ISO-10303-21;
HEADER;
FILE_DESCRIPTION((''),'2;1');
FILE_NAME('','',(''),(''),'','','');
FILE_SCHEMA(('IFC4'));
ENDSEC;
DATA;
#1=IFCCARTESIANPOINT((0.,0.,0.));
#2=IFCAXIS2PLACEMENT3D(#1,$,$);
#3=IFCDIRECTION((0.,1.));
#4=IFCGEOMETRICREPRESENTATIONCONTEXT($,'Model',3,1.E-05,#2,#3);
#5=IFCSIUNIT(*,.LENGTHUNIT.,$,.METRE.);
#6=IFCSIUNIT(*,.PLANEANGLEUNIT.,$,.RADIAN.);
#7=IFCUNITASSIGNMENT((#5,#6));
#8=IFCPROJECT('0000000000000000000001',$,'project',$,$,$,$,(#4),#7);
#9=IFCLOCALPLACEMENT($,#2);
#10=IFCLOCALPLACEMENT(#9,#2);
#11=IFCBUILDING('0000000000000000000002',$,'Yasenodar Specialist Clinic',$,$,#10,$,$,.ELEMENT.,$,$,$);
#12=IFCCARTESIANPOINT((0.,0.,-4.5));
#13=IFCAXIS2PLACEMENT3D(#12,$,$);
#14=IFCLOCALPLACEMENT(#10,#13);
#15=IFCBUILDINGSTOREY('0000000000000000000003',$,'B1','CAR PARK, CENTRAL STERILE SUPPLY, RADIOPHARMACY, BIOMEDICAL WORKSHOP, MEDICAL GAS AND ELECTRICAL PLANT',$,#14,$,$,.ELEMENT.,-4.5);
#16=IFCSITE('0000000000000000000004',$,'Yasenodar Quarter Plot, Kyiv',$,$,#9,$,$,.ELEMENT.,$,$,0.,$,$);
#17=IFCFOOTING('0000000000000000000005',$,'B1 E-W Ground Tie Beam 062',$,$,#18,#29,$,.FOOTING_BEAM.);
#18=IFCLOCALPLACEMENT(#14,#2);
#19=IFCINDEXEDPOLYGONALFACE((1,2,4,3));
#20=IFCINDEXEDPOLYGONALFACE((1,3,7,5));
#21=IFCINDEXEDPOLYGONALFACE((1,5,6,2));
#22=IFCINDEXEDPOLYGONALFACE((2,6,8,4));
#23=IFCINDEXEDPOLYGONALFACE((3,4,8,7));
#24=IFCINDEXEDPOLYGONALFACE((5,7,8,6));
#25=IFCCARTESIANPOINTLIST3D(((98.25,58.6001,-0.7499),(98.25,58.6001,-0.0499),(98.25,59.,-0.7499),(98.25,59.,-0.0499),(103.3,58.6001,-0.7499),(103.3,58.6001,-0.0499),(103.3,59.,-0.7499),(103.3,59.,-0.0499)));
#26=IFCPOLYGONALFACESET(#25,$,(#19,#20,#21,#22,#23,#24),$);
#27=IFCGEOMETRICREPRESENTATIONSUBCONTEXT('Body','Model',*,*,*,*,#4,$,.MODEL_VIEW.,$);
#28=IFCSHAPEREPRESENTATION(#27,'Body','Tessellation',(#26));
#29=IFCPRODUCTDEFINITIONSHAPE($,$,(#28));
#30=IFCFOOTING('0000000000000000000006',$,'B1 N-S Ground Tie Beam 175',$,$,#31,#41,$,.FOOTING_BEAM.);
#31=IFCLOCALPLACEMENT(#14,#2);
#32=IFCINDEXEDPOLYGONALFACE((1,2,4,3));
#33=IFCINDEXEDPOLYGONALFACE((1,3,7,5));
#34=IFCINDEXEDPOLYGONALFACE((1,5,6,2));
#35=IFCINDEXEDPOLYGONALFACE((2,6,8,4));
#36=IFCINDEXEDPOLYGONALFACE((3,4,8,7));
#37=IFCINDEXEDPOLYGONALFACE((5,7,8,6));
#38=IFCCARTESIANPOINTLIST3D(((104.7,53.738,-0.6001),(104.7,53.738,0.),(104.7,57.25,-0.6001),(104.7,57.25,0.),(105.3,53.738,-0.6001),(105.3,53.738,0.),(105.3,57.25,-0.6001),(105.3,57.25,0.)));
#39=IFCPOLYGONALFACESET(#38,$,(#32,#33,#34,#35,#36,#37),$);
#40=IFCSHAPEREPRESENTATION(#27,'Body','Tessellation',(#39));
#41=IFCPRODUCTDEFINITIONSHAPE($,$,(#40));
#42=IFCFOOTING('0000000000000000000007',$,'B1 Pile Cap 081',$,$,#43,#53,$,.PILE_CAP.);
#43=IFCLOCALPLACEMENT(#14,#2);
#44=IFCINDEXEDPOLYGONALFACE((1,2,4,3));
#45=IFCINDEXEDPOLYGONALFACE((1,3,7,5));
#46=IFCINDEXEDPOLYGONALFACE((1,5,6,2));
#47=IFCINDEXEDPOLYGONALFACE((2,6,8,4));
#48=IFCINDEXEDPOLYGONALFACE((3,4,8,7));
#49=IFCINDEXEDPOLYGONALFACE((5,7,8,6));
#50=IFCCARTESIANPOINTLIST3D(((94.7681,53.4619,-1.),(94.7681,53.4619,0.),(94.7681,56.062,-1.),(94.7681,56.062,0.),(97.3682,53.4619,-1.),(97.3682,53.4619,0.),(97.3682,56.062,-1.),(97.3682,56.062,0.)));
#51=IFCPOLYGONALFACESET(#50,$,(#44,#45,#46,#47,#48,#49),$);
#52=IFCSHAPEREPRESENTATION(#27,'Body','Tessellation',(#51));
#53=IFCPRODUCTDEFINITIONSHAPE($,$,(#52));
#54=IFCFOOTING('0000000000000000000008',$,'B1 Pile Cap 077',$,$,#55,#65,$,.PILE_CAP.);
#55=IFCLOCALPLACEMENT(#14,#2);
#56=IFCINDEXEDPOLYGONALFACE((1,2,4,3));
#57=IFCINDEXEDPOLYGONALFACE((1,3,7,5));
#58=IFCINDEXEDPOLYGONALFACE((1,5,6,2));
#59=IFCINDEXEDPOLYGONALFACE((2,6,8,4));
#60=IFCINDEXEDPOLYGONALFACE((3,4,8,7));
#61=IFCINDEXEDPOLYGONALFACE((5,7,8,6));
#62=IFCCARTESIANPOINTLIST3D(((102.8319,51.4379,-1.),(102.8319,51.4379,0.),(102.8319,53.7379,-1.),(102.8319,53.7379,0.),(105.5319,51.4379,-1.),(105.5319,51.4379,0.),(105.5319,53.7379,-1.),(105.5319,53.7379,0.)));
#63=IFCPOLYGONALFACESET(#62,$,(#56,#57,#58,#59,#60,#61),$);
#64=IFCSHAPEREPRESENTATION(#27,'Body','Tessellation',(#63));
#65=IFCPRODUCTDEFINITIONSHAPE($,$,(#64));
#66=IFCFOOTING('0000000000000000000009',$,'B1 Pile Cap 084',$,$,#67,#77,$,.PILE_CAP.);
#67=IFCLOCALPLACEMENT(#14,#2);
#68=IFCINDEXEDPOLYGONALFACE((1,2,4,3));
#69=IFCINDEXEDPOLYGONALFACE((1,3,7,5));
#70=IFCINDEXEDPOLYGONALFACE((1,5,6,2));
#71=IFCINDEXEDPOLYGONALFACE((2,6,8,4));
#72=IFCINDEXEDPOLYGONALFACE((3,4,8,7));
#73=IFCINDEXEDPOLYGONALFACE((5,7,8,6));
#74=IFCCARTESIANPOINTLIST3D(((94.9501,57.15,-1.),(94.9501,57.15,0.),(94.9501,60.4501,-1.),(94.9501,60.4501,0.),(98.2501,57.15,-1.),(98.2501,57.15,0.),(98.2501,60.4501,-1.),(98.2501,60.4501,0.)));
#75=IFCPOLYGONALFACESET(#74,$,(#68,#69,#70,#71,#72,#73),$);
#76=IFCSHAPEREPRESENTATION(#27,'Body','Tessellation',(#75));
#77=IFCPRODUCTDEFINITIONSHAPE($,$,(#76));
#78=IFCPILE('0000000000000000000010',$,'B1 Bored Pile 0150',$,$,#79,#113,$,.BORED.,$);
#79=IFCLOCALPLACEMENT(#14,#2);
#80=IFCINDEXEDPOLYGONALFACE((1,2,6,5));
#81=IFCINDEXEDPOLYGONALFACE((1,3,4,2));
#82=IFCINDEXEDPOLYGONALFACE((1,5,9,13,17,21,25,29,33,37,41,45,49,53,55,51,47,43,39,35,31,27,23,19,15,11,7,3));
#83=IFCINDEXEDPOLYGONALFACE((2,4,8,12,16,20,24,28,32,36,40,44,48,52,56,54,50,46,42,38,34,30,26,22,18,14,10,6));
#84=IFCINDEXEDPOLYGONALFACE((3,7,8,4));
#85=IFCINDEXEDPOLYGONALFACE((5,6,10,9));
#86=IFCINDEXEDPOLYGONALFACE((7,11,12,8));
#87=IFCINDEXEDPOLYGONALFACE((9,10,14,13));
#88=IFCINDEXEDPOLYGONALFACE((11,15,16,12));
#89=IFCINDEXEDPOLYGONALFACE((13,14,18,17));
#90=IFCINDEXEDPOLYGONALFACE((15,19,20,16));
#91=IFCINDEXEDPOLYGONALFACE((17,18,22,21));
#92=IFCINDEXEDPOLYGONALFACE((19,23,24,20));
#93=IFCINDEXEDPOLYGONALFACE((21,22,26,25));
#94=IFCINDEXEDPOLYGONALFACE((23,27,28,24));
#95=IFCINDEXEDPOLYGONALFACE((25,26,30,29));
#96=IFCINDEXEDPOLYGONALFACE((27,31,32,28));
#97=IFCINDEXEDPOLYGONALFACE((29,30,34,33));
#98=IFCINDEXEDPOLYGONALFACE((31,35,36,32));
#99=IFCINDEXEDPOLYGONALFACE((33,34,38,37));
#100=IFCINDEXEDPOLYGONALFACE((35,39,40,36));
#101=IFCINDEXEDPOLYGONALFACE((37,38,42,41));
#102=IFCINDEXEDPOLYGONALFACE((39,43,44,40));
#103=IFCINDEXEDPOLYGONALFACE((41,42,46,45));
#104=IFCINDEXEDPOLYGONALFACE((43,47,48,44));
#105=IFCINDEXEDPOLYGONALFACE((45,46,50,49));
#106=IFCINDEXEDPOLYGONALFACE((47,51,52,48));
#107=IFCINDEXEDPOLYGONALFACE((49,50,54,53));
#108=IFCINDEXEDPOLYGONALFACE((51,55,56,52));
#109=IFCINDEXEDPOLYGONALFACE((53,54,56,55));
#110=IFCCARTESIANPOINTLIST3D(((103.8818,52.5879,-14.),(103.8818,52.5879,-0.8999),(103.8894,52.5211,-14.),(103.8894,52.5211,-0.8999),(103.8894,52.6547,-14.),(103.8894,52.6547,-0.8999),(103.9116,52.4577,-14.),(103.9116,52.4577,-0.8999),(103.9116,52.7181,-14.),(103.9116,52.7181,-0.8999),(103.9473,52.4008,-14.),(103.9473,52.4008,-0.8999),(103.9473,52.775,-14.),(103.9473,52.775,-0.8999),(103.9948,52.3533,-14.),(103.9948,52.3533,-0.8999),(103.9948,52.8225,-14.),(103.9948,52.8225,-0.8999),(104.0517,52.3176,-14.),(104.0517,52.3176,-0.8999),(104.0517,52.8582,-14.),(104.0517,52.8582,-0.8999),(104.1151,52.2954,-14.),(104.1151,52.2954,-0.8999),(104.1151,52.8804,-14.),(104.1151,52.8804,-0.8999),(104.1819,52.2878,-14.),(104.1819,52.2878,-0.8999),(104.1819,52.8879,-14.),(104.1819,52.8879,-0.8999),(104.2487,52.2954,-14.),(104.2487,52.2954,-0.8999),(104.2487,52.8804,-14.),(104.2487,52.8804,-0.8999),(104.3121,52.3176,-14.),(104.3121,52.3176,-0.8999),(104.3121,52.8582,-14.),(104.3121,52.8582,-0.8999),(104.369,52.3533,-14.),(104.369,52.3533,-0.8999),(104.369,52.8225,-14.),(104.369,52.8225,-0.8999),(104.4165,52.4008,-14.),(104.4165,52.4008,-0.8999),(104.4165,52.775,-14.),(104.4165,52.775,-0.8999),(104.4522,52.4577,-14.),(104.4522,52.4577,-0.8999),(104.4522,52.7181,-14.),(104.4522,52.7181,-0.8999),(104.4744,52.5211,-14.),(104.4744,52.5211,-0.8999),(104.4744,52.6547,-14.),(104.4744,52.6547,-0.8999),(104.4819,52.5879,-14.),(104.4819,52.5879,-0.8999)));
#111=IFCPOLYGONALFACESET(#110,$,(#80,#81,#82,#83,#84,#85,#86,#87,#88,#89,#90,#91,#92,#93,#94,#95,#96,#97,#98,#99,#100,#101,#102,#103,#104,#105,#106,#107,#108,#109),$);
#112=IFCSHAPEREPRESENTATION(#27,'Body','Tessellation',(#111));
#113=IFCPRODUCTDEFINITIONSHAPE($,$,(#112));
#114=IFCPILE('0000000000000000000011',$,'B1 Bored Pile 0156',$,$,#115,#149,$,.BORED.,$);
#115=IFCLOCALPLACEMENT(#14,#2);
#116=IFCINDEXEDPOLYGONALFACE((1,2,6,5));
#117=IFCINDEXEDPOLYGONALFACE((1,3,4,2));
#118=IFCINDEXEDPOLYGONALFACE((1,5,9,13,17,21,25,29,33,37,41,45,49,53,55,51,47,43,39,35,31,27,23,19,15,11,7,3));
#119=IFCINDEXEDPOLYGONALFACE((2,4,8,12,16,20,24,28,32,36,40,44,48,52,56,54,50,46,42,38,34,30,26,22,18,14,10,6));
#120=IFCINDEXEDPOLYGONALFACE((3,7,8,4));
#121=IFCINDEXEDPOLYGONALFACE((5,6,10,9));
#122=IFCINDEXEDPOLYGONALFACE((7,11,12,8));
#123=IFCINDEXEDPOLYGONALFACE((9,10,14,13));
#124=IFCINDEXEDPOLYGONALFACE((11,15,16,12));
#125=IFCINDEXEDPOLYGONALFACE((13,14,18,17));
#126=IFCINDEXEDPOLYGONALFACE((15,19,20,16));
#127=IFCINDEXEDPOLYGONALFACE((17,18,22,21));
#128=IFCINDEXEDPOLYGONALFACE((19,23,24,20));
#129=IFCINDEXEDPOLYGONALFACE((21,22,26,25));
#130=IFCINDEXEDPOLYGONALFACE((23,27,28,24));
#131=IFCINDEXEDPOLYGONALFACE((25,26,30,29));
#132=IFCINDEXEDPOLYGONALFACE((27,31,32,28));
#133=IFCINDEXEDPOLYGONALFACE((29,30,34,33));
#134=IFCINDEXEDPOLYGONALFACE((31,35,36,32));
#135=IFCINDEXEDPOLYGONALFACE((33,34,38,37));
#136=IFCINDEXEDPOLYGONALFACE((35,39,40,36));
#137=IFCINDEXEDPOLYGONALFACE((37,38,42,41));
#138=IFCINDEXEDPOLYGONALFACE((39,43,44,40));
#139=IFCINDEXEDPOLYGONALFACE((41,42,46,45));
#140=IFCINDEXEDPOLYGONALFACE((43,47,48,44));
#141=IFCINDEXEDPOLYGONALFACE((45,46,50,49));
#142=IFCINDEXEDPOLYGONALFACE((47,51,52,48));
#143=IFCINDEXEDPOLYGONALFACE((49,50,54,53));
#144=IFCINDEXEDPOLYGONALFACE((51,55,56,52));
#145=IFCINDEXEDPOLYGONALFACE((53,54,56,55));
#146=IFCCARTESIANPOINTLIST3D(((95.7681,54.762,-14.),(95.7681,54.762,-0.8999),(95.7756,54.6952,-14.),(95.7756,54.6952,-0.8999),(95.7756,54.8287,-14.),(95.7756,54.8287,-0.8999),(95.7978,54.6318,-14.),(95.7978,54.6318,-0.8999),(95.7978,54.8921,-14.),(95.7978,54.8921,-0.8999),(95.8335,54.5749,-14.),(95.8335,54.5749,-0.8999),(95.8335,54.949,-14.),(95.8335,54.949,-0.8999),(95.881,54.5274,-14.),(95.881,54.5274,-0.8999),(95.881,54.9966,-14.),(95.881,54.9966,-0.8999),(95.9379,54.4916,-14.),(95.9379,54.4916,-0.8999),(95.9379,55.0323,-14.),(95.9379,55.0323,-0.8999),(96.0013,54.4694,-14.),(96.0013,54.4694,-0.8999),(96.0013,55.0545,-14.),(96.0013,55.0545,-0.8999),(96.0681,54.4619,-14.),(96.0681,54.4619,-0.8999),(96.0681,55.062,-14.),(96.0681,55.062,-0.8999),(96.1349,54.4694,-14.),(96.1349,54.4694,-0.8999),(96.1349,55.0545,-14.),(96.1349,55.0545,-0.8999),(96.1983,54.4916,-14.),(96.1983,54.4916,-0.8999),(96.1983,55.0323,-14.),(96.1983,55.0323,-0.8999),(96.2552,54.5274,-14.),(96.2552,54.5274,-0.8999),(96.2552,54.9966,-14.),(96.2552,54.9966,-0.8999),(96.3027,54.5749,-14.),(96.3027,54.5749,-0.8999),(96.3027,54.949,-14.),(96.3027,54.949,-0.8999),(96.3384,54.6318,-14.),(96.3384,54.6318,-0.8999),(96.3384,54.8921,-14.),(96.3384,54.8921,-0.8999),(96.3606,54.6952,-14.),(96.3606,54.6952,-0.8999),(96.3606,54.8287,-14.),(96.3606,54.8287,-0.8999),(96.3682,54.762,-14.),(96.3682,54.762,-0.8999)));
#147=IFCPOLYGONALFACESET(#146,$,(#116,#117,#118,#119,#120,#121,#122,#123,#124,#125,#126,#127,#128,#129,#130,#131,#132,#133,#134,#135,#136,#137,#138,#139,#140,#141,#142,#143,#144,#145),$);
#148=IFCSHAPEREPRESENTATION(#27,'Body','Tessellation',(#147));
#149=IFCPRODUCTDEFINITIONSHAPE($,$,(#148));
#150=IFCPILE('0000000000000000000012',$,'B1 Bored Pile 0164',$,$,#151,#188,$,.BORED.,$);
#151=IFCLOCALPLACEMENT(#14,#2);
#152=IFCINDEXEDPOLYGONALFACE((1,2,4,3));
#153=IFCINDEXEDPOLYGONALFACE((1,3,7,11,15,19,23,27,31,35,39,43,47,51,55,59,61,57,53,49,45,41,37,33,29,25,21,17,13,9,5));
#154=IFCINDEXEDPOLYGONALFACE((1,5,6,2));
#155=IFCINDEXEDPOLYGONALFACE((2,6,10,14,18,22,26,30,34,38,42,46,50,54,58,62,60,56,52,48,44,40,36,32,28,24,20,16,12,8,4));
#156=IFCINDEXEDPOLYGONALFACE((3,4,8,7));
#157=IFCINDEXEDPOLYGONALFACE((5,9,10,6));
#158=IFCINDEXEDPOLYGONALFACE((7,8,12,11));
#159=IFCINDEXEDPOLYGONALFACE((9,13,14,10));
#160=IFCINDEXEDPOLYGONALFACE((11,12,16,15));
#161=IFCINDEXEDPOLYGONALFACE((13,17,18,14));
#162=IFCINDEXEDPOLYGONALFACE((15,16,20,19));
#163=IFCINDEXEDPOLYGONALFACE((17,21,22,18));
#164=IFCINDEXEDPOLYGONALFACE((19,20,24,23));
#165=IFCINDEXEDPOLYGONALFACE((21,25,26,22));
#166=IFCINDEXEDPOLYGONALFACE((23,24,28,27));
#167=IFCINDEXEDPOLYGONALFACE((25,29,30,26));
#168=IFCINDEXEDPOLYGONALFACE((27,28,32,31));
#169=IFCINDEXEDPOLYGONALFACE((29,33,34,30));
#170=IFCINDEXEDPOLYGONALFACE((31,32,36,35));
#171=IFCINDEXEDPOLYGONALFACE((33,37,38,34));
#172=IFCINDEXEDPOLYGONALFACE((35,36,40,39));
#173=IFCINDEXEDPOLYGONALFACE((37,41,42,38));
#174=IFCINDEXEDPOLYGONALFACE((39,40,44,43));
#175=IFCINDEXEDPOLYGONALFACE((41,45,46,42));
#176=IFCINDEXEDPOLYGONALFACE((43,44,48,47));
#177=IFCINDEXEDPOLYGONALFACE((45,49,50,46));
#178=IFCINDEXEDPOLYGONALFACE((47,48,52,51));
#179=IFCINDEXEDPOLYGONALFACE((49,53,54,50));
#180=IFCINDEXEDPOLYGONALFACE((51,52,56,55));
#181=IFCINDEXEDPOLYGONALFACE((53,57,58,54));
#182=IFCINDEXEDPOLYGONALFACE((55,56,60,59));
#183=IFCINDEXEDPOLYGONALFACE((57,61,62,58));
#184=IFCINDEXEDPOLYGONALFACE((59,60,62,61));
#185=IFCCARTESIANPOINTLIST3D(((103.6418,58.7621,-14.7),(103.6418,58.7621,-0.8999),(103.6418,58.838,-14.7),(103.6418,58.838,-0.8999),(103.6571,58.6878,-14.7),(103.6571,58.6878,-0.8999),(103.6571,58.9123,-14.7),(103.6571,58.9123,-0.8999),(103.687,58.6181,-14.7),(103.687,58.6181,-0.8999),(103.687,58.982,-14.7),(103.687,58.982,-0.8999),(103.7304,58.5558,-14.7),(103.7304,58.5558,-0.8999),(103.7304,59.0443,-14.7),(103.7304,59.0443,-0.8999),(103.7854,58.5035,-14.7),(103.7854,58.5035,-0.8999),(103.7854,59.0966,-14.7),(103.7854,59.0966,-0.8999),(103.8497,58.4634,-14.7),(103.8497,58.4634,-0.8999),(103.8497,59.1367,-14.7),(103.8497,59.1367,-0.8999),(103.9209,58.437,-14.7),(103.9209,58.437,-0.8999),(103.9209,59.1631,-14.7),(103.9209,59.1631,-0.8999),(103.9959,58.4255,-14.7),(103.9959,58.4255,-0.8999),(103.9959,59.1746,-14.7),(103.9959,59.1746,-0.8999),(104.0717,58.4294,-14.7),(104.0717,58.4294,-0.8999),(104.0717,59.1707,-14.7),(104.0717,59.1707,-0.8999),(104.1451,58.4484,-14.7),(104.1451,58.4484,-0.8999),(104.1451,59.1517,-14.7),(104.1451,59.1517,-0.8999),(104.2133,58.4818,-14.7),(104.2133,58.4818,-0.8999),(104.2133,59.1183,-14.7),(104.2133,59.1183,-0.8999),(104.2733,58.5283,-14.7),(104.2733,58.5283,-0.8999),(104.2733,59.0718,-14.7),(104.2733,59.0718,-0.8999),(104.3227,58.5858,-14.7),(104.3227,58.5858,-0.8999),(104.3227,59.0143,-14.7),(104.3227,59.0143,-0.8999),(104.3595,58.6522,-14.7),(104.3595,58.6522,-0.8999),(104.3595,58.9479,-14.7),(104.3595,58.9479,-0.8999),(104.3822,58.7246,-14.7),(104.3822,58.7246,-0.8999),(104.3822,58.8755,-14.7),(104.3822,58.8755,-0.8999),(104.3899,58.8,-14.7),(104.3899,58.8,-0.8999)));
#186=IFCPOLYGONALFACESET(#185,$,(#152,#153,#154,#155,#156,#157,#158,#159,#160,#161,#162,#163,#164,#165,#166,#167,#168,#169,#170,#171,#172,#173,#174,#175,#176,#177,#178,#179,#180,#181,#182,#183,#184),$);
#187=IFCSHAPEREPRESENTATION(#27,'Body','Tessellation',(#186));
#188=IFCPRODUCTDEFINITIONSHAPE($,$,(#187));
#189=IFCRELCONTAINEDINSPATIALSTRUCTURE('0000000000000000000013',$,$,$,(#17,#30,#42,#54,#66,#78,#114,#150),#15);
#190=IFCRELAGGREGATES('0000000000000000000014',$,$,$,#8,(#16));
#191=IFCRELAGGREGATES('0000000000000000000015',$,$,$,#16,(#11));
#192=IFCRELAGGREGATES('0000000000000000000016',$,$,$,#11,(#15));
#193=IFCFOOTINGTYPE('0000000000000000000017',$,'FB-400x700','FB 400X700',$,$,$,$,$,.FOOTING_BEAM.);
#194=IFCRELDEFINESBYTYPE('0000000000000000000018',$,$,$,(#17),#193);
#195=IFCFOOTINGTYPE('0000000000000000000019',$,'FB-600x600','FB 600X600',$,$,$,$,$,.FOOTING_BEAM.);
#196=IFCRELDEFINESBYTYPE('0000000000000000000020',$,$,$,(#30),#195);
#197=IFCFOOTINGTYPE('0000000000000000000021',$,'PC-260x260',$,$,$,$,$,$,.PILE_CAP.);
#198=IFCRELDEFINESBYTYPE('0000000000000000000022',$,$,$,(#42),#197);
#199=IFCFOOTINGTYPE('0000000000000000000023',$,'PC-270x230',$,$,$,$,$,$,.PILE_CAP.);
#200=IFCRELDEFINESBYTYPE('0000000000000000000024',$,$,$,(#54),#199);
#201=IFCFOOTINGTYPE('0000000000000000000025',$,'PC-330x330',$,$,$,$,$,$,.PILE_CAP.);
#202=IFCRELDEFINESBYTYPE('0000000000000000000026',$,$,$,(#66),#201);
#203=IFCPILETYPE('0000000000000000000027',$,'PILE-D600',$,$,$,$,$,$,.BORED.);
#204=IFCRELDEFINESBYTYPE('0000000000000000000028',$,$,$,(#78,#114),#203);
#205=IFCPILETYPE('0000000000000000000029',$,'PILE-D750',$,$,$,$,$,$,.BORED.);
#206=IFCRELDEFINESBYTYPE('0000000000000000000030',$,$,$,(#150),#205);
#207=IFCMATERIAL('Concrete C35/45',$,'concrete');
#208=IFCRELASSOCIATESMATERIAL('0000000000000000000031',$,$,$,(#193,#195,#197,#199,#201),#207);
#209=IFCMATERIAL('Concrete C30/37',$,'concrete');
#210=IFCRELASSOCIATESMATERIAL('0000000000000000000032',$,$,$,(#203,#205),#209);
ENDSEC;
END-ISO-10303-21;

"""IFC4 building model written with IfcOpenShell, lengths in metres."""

from ifc_helpers import new_model, si_unit, direction, frame, origin, origin_2d, place, context, subcontext, project, spatial, rectangle, circle, extrude, material, material_profile, profile_set, type_object, element, save


model = new_model("IFC4")

# Units and contexts
model_context = context("Model", 3, precision=1e-05, world=origin(), true_north=direction((0.0, 1.0)))
body_context = subcontext(model_context, "Body", "Model", "MODEL_VIEW")
ifc_project = project(units=[si_unit("LENGTHUNIT", "METRE"), si_unit("PLANEANGLEUNIT", "RADIAN")], contexts=[model_context])

# Site, building, storey
site_placement = place(None, origin())
site = spatial("IfcSite", under=ifc_project, at=site_placement, Name="Yasenodar Quarter Plot, Kyiv", CompositionType="ELEMENT", RefElevation=0.0)
building_placement = place(site_placement, origin())
building = spatial("IfcBuilding", under=site, at=building_placement, Name="Yasenodar Specialist Clinic", CompositionType="ELEMENT")
storey_placement = place(building_placement, frame((0.0, 0.0, -4.5)))
storey = spatial("IfcBuildingStorey", under=building, at=storey_placement, Name="B1", Description="CAR PARK, CENTRAL STERILE SUPPLY, RADIOPHARMACY, BIOMEDICAL WORKSHOP, MEDICAL GAS AND ELECTRICAL PLANT", CompositionType="ELEMENT", Elevation=-4.5)

# Footings
ifc_material_1 = material(Name="Concrete C35/45", Category="concrete")
ifc_material_profile_1 = material_profile(ifc_material_1, rectangle(XDim=0.3999, YDim=0.7, at=origin_2d()), Name="RC 400x700")
ifc_profile_set_1 = profile_set([ifc_material_profile_1], Name="Concrete C35/45")
footing_type_1 = type_object("IfcFootingType", Name="FB-400x700", Description="FB 400X700", PredefinedType="FOOTING_BEAM", material=ifc_profile_set_1)
footing_1_placement = place(storey_placement, frame((98.25, 58.8, -0.3999), z_axis=(1.0, 0.0, 0.0), x_axis=(0.0, 1.0, 0.0)))
element("IfcFooting", 1, at=footing_1_placement, inside=storey, type_object=footing_type_1, Name="B1 E-W Ground Tie Beam 062", PredefinedType="FOOTING_BEAM", context=body_context, shape_type="SweptSolid", body=[
    extrude(rectangle(XDim=0.3999, YDim=0.7, at=origin_2d()), origin(), (0.0, 0.0, 1.0), 5.05),
])
ifc_material_profile_2 = material_profile(ifc_material_1, rectangle(XDim=0.6001, YDim=0.6001, at=origin_2d()), Name="RC 600x600")
ifc_profile_set_2 = profile_set([ifc_material_profile_2], Name="Concrete C35/45")
footing_type_2 = type_object("IfcFootingType", Name="FB-600x600", Description="FB 600X600", PredefinedType="FOOTING_BEAM", material=ifc_profile_set_2)
footing_2_placement = place(storey_placement, frame((105.0, 53.738, -0.3), z_axis=(0.0, 1.0, 0.0), x_axis=(-1.0, 0.0, 0.0)))
element("IfcFooting", 2, at=footing_2_placement, inside=storey, type_object=footing_type_2, Name="B1 N-S Ground Tie Beam 175", PredefinedType="FOOTING_BEAM", context=body_context, shape_type="SweptSolid", body=[
    extrude(rectangle(XDim=0.6001, YDim=0.6001, at=origin_2d()), origin(), (0.0, 0.0, 1.0), 3.512),
])
footing_type_3 = type_object("IfcFootingType", Name="PC-260x260", PredefinedType="PILE_CAP", material=ifc_material_1)
footing_3_placement = place(storey_placement, frame((96.0681, 54.762, -1.0), z_axis=(0.0, 0.0, 1.0), x_axis=(1.0, 0.0, 0.0)))
element("IfcFooting", 3, at=footing_3_placement, inside=storey, type_object=footing_type_3, Name="B1 Pile Cap 081", PredefinedType="PILE_CAP", context=body_context, shape_type="SweptSolid", body=[
    extrude(rectangle(XDim=2.6001, YDim=2.6001, at=origin_2d()), origin(), (0.0, 0.0, 1.0), 1.0),
])
footing_type_4 = type_object("IfcFootingType", Name="PC-270x230", PredefinedType="PILE_CAP", material=ifc_material_1)
footing_4_placement = place(storey_placement, frame((104.1819, 52.5879, -1.0), z_axis=(0.0, 0.0, 1.0), x_axis=(1.0, 0.0, 0.0)))
element("IfcFooting", 4, at=footing_4_placement, inside=storey, type_object=footing_type_4, Name="B1 Pile Cap 077", PredefinedType="PILE_CAP", context=body_context, shape_type="SweptSolid", body=[
    extrude(rectangle(XDim=2.7, YDim=2.3, at=origin_2d()), origin(), (0.0, 0.0, 1.0), 1.0),
])
footing_type_5 = type_object("IfcFootingType", Name="PC-330x330", PredefinedType="PILE_CAP", material=ifc_material_1)
footing_5_placement = place(storey_placement, frame((96.6001, 58.8, -1.0), z_axis=(0.0, 0.0, 1.0), x_axis=(1.0, 0.0, 0.0)))
element("IfcFooting", 5, at=footing_5_placement, inside=storey, type_object=footing_type_5, Name="B1 Pile Cap 084", PredefinedType="PILE_CAP", context=body_context, shape_type="SweptSolid", body=[
    extrude(rectangle(XDim=3.3, YDim=3.3, at=origin_2d()), origin(), (0.0, 0.0, 1.0), 1.0),
])

# Piles
ifc_material_2 = material(Name="Concrete C30/37", Category="concrete")
ifc_material_profile_3 = material_profile(ifc_material_2, circle(Radius=0.3, at=origin_2d()), Name="PILE D600")
ifc_profile_set_3 = profile_set([ifc_material_profile_3], Name="Concrete C30/37")
pile_type_1 = type_object("IfcPileType", Name="PILE-D600", PredefinedType="BORED", material=ifc_profile_set_3)
for number, where, z_axis, x_axis, name in (
    (6, (104.1819, 52.5879, -0.8999), (0.0, 0.0, -1.0), (1.0, 0.0, 0.0), "B1 Bored Pile 0150"),
    (7, (96.0681, 54.762, -0.8999), (0.0, 0.0, -1.0), (1.0, 0.0, 0.0), "B1 Bored Pile 0156"),
):
    element("IfcPile", number, at=place(storey_placement, frame(where, z_axis=z_axis, x_axis=x_axis)), inside=storey, type_object=pile_type_1, Name=name, PredefinedType="BORED", context=body_context, shape_type="SweptSolid", body=[
        extrude(circle(Radius=0.3, at=origin_2d()), origin(), (0.0, 0.0, 1.0), 13.1001),
    ])
ifc_material_profile_4 = material_profile(ifc_material_2, circle(Radius=0.375, at=origin_2d()), Name="PILE D750")
ifc_profile_set_4 = profile_set([ifc_material_profile_4], Name="Concrete C30/37")
pile_type_2 = type_object("IfcPileType", Name="PILE-D750", PredefinedType="BORED", material=ifc_profile_set_4)
pile_1_placement = place(storey_placement, frame((104.0149, 58.8, -0.8999), z_axis=(0.0, 0.0, -1.0), x_axis=(1.0, 0.0, 0.0)))
element("IfcPile", 8, at=pile_1_placement, inside=storey, type_object=pile_type_2, Name="B1 Bored Pile 0164", PredefinedType="BORED", context=body_context, shape_type="SweptSolid", body=[
    extrude(circle(Radius=0.375, at=origin_2d()), origin(), (0.0, 0.0, 1.0), 13.8),
])

save(model, "model.ifc")
